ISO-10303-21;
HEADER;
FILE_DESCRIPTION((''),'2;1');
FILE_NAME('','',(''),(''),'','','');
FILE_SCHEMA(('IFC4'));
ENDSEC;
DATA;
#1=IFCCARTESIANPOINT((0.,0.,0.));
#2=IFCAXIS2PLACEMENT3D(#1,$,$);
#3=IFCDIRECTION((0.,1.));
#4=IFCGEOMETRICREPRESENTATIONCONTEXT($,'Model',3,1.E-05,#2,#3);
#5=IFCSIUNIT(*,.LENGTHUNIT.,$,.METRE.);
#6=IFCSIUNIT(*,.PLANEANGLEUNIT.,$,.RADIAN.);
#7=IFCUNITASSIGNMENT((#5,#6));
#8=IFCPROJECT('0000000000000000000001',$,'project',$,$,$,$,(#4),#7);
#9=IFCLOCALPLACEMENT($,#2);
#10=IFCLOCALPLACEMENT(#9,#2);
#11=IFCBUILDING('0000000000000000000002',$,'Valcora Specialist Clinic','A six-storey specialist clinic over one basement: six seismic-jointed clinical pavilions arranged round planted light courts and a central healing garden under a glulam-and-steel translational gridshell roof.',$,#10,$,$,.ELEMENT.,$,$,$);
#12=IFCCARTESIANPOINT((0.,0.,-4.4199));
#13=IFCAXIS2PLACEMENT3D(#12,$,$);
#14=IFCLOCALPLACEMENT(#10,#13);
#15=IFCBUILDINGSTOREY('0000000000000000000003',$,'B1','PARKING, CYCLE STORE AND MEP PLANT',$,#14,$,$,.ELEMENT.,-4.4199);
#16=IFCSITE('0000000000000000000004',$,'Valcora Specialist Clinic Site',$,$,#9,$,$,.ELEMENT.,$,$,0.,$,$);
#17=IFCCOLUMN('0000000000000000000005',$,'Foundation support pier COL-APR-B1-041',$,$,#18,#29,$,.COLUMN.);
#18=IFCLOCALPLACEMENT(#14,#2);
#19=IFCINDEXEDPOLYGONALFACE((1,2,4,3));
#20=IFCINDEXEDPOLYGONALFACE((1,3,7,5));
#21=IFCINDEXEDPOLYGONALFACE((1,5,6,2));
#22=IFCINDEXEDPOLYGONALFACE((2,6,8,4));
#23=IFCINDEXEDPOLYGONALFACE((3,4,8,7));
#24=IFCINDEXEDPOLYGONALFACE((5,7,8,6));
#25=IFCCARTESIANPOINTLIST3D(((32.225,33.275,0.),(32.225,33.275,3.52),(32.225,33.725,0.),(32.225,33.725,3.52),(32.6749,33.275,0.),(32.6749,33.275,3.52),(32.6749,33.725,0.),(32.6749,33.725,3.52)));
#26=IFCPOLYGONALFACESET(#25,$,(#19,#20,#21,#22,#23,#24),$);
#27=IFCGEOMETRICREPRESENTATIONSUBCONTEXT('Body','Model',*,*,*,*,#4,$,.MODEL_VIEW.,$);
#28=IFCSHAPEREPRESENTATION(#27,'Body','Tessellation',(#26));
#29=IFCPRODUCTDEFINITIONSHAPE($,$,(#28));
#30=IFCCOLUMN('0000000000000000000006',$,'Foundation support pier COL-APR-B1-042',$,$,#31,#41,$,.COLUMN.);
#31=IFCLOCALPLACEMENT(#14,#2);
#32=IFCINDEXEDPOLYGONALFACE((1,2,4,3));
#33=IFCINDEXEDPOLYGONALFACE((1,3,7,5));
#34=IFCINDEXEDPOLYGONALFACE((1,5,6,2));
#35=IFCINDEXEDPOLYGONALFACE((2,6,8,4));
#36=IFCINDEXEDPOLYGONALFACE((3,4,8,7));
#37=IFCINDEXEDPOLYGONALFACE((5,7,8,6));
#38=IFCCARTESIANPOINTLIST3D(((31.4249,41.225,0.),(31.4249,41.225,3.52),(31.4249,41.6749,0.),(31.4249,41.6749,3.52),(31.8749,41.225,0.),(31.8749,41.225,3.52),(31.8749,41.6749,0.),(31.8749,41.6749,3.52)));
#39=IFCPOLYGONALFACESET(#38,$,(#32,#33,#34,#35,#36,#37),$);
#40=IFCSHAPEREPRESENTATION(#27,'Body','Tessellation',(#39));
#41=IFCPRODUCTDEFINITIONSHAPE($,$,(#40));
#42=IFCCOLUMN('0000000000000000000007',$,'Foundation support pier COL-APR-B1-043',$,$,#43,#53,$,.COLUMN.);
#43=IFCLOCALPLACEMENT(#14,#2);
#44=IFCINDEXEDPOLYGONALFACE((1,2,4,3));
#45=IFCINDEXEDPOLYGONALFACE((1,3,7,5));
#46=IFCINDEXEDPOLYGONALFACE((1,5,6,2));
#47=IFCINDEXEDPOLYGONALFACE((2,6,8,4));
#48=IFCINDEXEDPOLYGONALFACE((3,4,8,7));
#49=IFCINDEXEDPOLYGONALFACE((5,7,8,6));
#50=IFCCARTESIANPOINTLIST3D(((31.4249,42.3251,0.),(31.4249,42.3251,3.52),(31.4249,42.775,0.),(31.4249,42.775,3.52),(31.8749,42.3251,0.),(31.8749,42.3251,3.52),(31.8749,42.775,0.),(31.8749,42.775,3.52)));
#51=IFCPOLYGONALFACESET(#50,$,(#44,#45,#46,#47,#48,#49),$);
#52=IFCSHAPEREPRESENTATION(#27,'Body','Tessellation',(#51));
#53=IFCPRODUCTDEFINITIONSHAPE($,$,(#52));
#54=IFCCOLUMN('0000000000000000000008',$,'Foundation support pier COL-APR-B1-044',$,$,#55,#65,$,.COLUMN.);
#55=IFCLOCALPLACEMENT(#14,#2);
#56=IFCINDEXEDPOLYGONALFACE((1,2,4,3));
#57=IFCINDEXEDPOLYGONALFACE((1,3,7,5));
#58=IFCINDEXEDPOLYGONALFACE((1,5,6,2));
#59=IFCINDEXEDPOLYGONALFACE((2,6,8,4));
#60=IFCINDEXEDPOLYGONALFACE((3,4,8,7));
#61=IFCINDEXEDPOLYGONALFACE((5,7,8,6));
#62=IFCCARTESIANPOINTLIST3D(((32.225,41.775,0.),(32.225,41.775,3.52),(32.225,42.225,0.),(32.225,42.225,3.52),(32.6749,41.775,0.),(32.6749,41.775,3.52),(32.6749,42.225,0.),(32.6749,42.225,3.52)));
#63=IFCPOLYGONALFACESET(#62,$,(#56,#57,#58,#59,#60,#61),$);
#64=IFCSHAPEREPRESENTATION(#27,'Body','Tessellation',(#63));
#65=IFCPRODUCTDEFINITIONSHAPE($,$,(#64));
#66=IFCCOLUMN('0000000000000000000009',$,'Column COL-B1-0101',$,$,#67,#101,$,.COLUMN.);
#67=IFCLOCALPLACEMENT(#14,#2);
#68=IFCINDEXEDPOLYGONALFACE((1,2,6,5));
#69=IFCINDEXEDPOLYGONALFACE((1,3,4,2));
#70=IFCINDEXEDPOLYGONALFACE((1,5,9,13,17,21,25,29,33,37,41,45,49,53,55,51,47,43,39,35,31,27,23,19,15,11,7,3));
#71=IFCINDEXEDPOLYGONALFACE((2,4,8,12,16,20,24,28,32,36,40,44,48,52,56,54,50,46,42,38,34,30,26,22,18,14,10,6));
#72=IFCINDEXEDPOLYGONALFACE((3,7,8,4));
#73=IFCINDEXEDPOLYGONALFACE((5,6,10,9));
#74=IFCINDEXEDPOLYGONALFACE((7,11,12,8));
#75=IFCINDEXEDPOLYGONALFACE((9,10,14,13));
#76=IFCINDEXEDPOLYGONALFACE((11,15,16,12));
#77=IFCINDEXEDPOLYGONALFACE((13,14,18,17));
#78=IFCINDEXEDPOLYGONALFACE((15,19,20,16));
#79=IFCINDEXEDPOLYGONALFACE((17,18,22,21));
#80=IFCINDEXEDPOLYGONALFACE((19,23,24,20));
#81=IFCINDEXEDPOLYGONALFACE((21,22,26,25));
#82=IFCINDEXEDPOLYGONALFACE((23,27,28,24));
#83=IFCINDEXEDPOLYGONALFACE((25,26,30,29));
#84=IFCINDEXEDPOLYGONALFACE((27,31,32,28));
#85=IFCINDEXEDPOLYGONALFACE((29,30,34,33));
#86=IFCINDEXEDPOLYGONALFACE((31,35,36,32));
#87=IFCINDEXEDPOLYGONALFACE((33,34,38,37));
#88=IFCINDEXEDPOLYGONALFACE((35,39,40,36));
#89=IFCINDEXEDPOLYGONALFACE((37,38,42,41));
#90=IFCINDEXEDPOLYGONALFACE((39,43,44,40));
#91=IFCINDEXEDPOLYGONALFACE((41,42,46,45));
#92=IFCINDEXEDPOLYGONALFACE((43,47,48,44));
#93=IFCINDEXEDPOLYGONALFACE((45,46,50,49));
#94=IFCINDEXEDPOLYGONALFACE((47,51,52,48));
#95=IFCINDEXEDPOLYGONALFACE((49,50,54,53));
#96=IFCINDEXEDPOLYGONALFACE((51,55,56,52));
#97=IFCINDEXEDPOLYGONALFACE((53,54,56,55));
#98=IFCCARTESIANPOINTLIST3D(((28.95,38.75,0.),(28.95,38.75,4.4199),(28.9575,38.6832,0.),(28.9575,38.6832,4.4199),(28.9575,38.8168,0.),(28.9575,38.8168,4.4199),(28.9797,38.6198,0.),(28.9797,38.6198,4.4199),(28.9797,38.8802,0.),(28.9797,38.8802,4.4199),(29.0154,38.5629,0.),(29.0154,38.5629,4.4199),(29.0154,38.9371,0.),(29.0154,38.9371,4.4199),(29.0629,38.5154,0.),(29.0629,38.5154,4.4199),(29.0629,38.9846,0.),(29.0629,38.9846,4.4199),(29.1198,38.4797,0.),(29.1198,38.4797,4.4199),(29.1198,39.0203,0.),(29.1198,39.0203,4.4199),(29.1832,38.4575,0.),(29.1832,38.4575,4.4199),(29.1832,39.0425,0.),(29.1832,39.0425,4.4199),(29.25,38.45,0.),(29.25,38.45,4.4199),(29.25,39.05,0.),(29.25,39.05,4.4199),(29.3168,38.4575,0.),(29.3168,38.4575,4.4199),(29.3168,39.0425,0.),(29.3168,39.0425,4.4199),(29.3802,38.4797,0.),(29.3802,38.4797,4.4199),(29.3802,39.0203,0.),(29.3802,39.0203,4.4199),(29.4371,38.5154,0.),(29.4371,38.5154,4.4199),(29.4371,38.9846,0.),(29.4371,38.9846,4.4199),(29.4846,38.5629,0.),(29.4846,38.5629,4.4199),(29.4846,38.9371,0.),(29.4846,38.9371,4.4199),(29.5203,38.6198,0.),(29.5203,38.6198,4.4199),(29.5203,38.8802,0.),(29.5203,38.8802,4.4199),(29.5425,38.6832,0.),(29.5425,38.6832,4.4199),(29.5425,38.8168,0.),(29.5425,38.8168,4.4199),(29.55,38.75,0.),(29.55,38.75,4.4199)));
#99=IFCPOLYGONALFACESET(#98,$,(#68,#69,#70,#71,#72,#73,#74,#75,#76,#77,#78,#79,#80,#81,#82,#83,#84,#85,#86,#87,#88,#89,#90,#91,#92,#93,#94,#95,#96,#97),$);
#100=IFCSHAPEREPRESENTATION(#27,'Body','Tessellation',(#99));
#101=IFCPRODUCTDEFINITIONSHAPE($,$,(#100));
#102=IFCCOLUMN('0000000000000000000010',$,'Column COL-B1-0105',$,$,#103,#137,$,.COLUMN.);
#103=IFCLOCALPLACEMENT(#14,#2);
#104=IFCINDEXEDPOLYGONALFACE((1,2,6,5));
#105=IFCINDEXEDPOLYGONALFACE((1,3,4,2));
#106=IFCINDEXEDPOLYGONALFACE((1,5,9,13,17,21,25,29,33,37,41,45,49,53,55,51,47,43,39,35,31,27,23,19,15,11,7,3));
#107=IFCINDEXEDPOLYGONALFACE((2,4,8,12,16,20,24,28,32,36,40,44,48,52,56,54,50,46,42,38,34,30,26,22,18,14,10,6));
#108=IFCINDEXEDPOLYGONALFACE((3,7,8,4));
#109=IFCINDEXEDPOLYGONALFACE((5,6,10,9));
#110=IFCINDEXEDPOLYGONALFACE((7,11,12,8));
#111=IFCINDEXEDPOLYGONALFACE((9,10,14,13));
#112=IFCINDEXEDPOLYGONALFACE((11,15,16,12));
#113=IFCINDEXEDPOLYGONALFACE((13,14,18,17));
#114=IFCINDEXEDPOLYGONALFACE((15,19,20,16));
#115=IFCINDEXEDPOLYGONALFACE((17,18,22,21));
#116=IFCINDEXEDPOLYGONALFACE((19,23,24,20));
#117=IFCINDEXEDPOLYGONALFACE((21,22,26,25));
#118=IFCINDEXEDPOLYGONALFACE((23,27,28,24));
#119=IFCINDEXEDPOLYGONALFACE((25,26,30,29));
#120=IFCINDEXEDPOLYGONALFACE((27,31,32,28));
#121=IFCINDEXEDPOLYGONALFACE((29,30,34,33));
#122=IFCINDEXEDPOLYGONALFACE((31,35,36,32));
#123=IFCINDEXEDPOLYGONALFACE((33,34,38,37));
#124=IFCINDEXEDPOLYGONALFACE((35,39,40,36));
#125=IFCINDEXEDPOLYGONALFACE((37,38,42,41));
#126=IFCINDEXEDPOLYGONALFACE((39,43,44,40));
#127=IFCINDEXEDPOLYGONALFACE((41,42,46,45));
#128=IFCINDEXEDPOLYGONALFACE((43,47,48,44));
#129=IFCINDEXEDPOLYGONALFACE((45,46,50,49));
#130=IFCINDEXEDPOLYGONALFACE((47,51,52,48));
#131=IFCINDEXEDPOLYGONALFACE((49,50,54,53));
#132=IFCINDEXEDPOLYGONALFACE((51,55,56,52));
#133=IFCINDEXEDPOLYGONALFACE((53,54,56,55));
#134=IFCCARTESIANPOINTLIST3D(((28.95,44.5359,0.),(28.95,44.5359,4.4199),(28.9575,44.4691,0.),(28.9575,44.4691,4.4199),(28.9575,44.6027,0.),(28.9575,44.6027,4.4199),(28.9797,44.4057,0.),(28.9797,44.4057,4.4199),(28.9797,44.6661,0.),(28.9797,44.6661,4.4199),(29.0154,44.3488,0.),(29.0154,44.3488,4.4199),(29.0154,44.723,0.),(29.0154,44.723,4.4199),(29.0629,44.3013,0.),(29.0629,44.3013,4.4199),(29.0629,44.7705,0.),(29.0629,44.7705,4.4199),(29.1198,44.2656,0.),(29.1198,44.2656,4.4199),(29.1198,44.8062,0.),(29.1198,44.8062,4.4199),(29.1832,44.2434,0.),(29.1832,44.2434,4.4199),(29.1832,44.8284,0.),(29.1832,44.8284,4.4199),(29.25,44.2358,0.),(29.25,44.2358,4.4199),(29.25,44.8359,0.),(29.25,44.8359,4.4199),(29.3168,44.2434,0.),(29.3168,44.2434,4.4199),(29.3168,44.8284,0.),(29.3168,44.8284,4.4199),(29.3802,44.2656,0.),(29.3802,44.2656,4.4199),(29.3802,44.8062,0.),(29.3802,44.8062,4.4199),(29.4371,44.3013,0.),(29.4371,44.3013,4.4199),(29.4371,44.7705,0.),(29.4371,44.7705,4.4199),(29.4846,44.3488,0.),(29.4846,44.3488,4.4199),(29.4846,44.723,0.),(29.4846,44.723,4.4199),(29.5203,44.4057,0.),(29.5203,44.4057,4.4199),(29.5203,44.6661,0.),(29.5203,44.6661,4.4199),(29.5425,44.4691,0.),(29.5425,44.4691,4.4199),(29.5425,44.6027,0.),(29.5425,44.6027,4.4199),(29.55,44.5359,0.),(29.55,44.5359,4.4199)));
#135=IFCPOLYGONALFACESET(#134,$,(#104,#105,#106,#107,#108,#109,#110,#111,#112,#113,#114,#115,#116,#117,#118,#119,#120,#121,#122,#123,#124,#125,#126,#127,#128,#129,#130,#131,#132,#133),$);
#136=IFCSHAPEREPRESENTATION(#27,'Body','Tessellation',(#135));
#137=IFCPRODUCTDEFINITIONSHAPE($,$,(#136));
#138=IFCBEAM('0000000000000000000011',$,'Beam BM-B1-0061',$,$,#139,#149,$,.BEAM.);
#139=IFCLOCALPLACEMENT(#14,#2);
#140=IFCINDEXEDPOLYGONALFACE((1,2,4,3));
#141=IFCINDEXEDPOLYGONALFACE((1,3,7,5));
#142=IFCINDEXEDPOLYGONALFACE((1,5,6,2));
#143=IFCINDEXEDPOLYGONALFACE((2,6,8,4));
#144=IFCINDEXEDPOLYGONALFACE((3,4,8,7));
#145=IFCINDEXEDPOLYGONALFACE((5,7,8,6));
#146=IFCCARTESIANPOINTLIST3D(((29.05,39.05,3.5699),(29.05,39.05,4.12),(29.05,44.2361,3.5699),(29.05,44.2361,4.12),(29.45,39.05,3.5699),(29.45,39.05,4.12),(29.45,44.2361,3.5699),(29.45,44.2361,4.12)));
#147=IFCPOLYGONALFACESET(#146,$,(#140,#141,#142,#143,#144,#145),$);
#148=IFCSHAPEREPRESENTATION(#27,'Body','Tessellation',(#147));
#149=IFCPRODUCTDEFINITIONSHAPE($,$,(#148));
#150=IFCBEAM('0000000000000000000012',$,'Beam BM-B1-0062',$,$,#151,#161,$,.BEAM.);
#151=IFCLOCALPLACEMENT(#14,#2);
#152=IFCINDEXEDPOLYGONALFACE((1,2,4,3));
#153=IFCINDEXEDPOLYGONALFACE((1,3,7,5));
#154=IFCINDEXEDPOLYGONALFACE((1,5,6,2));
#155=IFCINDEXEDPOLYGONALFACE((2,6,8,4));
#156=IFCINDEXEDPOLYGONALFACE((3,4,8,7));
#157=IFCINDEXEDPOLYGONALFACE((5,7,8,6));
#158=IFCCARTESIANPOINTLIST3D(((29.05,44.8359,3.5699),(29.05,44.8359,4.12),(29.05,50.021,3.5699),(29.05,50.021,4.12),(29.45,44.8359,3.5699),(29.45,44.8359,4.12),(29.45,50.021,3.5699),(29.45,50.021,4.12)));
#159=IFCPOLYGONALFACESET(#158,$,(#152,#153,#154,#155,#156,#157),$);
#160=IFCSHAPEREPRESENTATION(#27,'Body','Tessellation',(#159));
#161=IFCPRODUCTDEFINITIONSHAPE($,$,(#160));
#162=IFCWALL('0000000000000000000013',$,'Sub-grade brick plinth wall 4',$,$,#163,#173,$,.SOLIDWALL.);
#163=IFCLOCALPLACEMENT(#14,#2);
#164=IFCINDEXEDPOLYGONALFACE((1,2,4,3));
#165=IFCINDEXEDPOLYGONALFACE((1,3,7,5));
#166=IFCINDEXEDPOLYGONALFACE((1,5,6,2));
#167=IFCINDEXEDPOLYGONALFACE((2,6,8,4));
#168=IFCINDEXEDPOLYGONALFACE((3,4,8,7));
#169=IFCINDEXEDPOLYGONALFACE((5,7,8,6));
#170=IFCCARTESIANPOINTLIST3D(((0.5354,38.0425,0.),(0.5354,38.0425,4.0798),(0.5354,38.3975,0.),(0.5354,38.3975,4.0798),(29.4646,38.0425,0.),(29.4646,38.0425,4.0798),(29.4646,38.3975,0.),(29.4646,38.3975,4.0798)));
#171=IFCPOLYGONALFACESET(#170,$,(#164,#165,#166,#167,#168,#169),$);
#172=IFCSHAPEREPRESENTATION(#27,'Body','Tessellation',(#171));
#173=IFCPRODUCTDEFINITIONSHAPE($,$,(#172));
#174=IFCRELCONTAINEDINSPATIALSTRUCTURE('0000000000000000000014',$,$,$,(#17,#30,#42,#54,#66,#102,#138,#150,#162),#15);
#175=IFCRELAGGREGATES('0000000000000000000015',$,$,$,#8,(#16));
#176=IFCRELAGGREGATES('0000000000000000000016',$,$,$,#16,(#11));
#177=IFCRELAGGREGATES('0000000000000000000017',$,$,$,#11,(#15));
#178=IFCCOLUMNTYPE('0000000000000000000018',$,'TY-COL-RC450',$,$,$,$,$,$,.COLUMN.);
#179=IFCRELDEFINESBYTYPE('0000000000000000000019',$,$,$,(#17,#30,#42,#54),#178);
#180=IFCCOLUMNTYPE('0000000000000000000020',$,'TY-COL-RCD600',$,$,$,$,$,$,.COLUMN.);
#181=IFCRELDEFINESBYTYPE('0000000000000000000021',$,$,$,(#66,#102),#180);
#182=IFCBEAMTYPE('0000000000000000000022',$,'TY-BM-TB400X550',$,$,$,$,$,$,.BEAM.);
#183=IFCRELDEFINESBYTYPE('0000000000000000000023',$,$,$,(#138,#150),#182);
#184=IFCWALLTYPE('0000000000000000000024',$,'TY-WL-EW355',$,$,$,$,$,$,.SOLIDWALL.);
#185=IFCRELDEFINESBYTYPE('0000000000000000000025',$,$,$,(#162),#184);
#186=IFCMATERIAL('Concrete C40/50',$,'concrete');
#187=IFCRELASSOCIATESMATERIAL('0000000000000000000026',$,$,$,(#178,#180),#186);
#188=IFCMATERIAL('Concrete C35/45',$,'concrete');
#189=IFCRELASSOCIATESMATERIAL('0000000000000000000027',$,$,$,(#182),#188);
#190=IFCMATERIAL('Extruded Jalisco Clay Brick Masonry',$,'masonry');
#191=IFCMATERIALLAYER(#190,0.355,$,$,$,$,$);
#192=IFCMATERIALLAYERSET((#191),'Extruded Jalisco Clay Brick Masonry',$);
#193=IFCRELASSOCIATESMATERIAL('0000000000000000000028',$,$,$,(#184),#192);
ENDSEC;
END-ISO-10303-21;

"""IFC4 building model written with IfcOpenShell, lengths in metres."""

from ifc_helpers import new_model, si_unit, direction, frame, frame_2d, origin, origin_2d, place, context, subcontext, project, spatial, rectangle, circle, extrude, material, layer, layer_set, material_profile, profile_set, type_object, element, save


model = new_model("IFC4")

# Units and contexts
model_context = context("Model", 3, precision=1e-05, world=origin(), true_north=direction((0.0, 1.0)))
body_context = subcontext(model_context, "Body", "Model", "MODEL_VIEW")
ifc_project = project(units=[si_unit("LENGTHUNIT", "METRE"), si_unit("PLANEANGLEUNIT", "RADIAN")], contexts=[model_context])

# Site, building, storey
site_placement = place(None, origin())
site = spatial("IfcSite", under=ifc_project, at=site_placement, Name="Valcora Specialist Clinic Site", CompositionType="ELEMENT", RefElevation=0.0)
building_placement = place(site_placement, origin())
building = spatial("IfcBuilding", under=site, at=building_placement, Name="Valcora Specialist Clinic", Description="A six-storey specialist clinic over one basement: six seismic-jointed clinical pavilions arranged round planted light courts and a central healing garden under a glulam-and-steel translational gridshell roof.", CompositionType="ELEMENT")
storey_placement = place(building_placement, frame((0.0, 0.0, -4.4199)))
storey = spatial("IfcBuildingStorey", under=building, at=storey_placement, Name="B1", Description="PARKING, CYCLE STORE AND MEP PLANT", CompositionType="ELEMENT", Elevation=-4.4199)

# Shared definitions
ifc_material_1 = material(Name="Concrete C35/45", Category="concrete")

# Columns
ifc_material_2 = material(Name="Concrete C40/50", Category="concrete")
ifc_material_profile_1 = material_profile(ifc_material_2, rectangle(XDim=0.45, YDim=0.45, at=origin_2d()), Name="RC-COL-450X450")
ifc_profile_set_1 = profile_set([ifc_material_profile_1], Name="Concrete C40/50")
column_type_1 = type_object("IfcColumnType", Name="TY-COL-RC450", PredefinedType="COLUMN", material=ifc_profile_set_1)
for number, where, z_axis, x_axis, name in (
    (1, (32.45, 33.5, 0.0), (0.0, 0.0, 1.0), (1.0, 0.0, 0.0), "Foundation support pier COL-APR-B1-041"),
    (2, (31.6499, 41.45, 0.0), (0.0, 0.0, 1.0), (1.0, 0.0, 0.0), "Foundation support pier COL-APR-B1-042"),
    (3, (31.6499, 42.55, 0.0), (0.0, 0.0, 1.0), (1.0, 0.0, 0.0), "Foundation support pier COL-APR-B1-043"),
    (4, (32.45, 42.0, 0.0), (0.0, 0.0, 1.0), (1.0, 0.0, 0.0), "Foundation support pier COL-APR-B1-044"),
):
    element("IfcColumn", number, at=place(storey_placement, frame(where, z_axis=z_axis, x_axis=x_axis)), inside=storey, type_object=column_type_1, Name=name, PredefinedType="COLUMN", context=body_context, shape_type="SweptSolid", body=[
        extrude(rectangle(XDim=0.45, YDim=0.45, at=origin_2d()), origin(), (0.0, 0.0, 1.0), 3.52),
    ])
ifc_material_profile_2 = material_profile(ifc_material_2, circle(Radius=0.3, at=origin_2d()), Name="RC-COL-D600")
ifc_profile_set_2 = profile_set([ifc_material_profile_2], Name="Concrete C40/50")
column_type_2 = type_object("IfcColumnType", Name="TY-COL-RCD600", PredefinedType="COLUMN", material=ifc_profile_set_2)
for number, where, z_axis, x_axis, name in (
    (5, (29.25, 38.75, 0.0), (0.0, 0.0, 1.0), (1.0, 0.0, 0.0), "Column COL-B1-0101"),
    (6, (29.25, 44.5359, 0.0), (0.0, 0.0, 1.0), (1.0, 0.0, 0.0), "Column COL-B1-0105"),
):
    element("IfcColumn", number, at=place(storey_placement, frame(where, z_axis=z_axis, x_axis=x_axis)), inside=storey, type_object=column_type_2, Name=name, PredefinedType="COLUMN", context=body_context, shape_type="SweptSolid", body=[
        extrude(circle(Radius=0.3, at=origin_2d()), origin(), (0.0, 0.0, 1.0), 4.4199),
    ])

# Beams
ifc_material_profile_3 = material_profile(ifc_material_1, rectangle(XDim=0.3999, YDim=0.55, at=origin_2d()), Name="RC-TB-400X550")
ifc_profile_set_3 = profile_set([ifc_material_profile_3], Name="Concrete C35/45")
beam_type = type_object("IfcBeamType", Name="TY-BM-TB400X550", PredefinedType="BEAM", material=ifc_profile_set_3)
beam_1_placement = place(storey_placement, frame((29.25, 39.05, 3.845), z_axis=(0.0, 1.0, 0.0), x_axis=(-1.0, 0.0, 0.0)))
element("IfcBeam", 7, at=beam_1_placement, inside=storey, type_object=beam_type, Name="Beam BM-B1-0061", PredefinedType="BEAM", context=body_context, shape_type="SweptSolid", body=[
    extrude(rectangle(XDim=0.3999, YDim=0.55, at=origin_2d()), origin(), (0.0, 0.0, 1.0), 5.186),
])
beam_2_placement = place(storey_placement, frame((29.25, 44.8359, 3.845), z_axis=(0.0, 1.0, 0.0), x_axis=(-1.0, 0.0, 0.0)))
element("IfcBeam", 8, at=beam_2_placement, inside=storey, type_object=beam_type, Name="Beam BM-B1-0062", PredefinedType="BEAM", context=body_context, shape_type="SweptSolid", body=[
    extrude(rectangle(XDim=0.3999, YDim=0.55, at=origin_2d()), origin(), (0.0, 0.0, 1.0), 5.1851),
])

# Wall
ifc_material_3 = material(Name="Extruded Jalisco Clay Brick Masonry", Category="masonry")
ifc_layer = layer(ifc_material_3, 0.355)
ifc_layer_set = layer_set([ifc_layer], Name="Extruded Jalisco Clay Brick Masonry")
wall_type = type_object("IfcWallType", Name="TY-WL-EW355", PredefinedType="SOLIDWALL", material=ifc_layer_set)
wall_placement = place(storey_placement, frame((29.4646, 38.22, 0.0), z_axis=(0.0, 0.0, 1.0), x_axis=(-1.0, 0.0, 0.0)))
element("IfcWall", 9, at=wall_placement, inside=storey, type_object=wall_type, Name="Sub-grade brick plinth wall 4", PredefinedType="SOLIDWALL", context=body_context, shape_type="SweptSolid", body=[
    extrude(rectangle(XDim=28.9292, YDim=0.355, at=frame_2d((14.4646, 0.0))), origin(), (0.0, 0.0, 1.0), 4.0798),
])

save(model, "model.ifc")
